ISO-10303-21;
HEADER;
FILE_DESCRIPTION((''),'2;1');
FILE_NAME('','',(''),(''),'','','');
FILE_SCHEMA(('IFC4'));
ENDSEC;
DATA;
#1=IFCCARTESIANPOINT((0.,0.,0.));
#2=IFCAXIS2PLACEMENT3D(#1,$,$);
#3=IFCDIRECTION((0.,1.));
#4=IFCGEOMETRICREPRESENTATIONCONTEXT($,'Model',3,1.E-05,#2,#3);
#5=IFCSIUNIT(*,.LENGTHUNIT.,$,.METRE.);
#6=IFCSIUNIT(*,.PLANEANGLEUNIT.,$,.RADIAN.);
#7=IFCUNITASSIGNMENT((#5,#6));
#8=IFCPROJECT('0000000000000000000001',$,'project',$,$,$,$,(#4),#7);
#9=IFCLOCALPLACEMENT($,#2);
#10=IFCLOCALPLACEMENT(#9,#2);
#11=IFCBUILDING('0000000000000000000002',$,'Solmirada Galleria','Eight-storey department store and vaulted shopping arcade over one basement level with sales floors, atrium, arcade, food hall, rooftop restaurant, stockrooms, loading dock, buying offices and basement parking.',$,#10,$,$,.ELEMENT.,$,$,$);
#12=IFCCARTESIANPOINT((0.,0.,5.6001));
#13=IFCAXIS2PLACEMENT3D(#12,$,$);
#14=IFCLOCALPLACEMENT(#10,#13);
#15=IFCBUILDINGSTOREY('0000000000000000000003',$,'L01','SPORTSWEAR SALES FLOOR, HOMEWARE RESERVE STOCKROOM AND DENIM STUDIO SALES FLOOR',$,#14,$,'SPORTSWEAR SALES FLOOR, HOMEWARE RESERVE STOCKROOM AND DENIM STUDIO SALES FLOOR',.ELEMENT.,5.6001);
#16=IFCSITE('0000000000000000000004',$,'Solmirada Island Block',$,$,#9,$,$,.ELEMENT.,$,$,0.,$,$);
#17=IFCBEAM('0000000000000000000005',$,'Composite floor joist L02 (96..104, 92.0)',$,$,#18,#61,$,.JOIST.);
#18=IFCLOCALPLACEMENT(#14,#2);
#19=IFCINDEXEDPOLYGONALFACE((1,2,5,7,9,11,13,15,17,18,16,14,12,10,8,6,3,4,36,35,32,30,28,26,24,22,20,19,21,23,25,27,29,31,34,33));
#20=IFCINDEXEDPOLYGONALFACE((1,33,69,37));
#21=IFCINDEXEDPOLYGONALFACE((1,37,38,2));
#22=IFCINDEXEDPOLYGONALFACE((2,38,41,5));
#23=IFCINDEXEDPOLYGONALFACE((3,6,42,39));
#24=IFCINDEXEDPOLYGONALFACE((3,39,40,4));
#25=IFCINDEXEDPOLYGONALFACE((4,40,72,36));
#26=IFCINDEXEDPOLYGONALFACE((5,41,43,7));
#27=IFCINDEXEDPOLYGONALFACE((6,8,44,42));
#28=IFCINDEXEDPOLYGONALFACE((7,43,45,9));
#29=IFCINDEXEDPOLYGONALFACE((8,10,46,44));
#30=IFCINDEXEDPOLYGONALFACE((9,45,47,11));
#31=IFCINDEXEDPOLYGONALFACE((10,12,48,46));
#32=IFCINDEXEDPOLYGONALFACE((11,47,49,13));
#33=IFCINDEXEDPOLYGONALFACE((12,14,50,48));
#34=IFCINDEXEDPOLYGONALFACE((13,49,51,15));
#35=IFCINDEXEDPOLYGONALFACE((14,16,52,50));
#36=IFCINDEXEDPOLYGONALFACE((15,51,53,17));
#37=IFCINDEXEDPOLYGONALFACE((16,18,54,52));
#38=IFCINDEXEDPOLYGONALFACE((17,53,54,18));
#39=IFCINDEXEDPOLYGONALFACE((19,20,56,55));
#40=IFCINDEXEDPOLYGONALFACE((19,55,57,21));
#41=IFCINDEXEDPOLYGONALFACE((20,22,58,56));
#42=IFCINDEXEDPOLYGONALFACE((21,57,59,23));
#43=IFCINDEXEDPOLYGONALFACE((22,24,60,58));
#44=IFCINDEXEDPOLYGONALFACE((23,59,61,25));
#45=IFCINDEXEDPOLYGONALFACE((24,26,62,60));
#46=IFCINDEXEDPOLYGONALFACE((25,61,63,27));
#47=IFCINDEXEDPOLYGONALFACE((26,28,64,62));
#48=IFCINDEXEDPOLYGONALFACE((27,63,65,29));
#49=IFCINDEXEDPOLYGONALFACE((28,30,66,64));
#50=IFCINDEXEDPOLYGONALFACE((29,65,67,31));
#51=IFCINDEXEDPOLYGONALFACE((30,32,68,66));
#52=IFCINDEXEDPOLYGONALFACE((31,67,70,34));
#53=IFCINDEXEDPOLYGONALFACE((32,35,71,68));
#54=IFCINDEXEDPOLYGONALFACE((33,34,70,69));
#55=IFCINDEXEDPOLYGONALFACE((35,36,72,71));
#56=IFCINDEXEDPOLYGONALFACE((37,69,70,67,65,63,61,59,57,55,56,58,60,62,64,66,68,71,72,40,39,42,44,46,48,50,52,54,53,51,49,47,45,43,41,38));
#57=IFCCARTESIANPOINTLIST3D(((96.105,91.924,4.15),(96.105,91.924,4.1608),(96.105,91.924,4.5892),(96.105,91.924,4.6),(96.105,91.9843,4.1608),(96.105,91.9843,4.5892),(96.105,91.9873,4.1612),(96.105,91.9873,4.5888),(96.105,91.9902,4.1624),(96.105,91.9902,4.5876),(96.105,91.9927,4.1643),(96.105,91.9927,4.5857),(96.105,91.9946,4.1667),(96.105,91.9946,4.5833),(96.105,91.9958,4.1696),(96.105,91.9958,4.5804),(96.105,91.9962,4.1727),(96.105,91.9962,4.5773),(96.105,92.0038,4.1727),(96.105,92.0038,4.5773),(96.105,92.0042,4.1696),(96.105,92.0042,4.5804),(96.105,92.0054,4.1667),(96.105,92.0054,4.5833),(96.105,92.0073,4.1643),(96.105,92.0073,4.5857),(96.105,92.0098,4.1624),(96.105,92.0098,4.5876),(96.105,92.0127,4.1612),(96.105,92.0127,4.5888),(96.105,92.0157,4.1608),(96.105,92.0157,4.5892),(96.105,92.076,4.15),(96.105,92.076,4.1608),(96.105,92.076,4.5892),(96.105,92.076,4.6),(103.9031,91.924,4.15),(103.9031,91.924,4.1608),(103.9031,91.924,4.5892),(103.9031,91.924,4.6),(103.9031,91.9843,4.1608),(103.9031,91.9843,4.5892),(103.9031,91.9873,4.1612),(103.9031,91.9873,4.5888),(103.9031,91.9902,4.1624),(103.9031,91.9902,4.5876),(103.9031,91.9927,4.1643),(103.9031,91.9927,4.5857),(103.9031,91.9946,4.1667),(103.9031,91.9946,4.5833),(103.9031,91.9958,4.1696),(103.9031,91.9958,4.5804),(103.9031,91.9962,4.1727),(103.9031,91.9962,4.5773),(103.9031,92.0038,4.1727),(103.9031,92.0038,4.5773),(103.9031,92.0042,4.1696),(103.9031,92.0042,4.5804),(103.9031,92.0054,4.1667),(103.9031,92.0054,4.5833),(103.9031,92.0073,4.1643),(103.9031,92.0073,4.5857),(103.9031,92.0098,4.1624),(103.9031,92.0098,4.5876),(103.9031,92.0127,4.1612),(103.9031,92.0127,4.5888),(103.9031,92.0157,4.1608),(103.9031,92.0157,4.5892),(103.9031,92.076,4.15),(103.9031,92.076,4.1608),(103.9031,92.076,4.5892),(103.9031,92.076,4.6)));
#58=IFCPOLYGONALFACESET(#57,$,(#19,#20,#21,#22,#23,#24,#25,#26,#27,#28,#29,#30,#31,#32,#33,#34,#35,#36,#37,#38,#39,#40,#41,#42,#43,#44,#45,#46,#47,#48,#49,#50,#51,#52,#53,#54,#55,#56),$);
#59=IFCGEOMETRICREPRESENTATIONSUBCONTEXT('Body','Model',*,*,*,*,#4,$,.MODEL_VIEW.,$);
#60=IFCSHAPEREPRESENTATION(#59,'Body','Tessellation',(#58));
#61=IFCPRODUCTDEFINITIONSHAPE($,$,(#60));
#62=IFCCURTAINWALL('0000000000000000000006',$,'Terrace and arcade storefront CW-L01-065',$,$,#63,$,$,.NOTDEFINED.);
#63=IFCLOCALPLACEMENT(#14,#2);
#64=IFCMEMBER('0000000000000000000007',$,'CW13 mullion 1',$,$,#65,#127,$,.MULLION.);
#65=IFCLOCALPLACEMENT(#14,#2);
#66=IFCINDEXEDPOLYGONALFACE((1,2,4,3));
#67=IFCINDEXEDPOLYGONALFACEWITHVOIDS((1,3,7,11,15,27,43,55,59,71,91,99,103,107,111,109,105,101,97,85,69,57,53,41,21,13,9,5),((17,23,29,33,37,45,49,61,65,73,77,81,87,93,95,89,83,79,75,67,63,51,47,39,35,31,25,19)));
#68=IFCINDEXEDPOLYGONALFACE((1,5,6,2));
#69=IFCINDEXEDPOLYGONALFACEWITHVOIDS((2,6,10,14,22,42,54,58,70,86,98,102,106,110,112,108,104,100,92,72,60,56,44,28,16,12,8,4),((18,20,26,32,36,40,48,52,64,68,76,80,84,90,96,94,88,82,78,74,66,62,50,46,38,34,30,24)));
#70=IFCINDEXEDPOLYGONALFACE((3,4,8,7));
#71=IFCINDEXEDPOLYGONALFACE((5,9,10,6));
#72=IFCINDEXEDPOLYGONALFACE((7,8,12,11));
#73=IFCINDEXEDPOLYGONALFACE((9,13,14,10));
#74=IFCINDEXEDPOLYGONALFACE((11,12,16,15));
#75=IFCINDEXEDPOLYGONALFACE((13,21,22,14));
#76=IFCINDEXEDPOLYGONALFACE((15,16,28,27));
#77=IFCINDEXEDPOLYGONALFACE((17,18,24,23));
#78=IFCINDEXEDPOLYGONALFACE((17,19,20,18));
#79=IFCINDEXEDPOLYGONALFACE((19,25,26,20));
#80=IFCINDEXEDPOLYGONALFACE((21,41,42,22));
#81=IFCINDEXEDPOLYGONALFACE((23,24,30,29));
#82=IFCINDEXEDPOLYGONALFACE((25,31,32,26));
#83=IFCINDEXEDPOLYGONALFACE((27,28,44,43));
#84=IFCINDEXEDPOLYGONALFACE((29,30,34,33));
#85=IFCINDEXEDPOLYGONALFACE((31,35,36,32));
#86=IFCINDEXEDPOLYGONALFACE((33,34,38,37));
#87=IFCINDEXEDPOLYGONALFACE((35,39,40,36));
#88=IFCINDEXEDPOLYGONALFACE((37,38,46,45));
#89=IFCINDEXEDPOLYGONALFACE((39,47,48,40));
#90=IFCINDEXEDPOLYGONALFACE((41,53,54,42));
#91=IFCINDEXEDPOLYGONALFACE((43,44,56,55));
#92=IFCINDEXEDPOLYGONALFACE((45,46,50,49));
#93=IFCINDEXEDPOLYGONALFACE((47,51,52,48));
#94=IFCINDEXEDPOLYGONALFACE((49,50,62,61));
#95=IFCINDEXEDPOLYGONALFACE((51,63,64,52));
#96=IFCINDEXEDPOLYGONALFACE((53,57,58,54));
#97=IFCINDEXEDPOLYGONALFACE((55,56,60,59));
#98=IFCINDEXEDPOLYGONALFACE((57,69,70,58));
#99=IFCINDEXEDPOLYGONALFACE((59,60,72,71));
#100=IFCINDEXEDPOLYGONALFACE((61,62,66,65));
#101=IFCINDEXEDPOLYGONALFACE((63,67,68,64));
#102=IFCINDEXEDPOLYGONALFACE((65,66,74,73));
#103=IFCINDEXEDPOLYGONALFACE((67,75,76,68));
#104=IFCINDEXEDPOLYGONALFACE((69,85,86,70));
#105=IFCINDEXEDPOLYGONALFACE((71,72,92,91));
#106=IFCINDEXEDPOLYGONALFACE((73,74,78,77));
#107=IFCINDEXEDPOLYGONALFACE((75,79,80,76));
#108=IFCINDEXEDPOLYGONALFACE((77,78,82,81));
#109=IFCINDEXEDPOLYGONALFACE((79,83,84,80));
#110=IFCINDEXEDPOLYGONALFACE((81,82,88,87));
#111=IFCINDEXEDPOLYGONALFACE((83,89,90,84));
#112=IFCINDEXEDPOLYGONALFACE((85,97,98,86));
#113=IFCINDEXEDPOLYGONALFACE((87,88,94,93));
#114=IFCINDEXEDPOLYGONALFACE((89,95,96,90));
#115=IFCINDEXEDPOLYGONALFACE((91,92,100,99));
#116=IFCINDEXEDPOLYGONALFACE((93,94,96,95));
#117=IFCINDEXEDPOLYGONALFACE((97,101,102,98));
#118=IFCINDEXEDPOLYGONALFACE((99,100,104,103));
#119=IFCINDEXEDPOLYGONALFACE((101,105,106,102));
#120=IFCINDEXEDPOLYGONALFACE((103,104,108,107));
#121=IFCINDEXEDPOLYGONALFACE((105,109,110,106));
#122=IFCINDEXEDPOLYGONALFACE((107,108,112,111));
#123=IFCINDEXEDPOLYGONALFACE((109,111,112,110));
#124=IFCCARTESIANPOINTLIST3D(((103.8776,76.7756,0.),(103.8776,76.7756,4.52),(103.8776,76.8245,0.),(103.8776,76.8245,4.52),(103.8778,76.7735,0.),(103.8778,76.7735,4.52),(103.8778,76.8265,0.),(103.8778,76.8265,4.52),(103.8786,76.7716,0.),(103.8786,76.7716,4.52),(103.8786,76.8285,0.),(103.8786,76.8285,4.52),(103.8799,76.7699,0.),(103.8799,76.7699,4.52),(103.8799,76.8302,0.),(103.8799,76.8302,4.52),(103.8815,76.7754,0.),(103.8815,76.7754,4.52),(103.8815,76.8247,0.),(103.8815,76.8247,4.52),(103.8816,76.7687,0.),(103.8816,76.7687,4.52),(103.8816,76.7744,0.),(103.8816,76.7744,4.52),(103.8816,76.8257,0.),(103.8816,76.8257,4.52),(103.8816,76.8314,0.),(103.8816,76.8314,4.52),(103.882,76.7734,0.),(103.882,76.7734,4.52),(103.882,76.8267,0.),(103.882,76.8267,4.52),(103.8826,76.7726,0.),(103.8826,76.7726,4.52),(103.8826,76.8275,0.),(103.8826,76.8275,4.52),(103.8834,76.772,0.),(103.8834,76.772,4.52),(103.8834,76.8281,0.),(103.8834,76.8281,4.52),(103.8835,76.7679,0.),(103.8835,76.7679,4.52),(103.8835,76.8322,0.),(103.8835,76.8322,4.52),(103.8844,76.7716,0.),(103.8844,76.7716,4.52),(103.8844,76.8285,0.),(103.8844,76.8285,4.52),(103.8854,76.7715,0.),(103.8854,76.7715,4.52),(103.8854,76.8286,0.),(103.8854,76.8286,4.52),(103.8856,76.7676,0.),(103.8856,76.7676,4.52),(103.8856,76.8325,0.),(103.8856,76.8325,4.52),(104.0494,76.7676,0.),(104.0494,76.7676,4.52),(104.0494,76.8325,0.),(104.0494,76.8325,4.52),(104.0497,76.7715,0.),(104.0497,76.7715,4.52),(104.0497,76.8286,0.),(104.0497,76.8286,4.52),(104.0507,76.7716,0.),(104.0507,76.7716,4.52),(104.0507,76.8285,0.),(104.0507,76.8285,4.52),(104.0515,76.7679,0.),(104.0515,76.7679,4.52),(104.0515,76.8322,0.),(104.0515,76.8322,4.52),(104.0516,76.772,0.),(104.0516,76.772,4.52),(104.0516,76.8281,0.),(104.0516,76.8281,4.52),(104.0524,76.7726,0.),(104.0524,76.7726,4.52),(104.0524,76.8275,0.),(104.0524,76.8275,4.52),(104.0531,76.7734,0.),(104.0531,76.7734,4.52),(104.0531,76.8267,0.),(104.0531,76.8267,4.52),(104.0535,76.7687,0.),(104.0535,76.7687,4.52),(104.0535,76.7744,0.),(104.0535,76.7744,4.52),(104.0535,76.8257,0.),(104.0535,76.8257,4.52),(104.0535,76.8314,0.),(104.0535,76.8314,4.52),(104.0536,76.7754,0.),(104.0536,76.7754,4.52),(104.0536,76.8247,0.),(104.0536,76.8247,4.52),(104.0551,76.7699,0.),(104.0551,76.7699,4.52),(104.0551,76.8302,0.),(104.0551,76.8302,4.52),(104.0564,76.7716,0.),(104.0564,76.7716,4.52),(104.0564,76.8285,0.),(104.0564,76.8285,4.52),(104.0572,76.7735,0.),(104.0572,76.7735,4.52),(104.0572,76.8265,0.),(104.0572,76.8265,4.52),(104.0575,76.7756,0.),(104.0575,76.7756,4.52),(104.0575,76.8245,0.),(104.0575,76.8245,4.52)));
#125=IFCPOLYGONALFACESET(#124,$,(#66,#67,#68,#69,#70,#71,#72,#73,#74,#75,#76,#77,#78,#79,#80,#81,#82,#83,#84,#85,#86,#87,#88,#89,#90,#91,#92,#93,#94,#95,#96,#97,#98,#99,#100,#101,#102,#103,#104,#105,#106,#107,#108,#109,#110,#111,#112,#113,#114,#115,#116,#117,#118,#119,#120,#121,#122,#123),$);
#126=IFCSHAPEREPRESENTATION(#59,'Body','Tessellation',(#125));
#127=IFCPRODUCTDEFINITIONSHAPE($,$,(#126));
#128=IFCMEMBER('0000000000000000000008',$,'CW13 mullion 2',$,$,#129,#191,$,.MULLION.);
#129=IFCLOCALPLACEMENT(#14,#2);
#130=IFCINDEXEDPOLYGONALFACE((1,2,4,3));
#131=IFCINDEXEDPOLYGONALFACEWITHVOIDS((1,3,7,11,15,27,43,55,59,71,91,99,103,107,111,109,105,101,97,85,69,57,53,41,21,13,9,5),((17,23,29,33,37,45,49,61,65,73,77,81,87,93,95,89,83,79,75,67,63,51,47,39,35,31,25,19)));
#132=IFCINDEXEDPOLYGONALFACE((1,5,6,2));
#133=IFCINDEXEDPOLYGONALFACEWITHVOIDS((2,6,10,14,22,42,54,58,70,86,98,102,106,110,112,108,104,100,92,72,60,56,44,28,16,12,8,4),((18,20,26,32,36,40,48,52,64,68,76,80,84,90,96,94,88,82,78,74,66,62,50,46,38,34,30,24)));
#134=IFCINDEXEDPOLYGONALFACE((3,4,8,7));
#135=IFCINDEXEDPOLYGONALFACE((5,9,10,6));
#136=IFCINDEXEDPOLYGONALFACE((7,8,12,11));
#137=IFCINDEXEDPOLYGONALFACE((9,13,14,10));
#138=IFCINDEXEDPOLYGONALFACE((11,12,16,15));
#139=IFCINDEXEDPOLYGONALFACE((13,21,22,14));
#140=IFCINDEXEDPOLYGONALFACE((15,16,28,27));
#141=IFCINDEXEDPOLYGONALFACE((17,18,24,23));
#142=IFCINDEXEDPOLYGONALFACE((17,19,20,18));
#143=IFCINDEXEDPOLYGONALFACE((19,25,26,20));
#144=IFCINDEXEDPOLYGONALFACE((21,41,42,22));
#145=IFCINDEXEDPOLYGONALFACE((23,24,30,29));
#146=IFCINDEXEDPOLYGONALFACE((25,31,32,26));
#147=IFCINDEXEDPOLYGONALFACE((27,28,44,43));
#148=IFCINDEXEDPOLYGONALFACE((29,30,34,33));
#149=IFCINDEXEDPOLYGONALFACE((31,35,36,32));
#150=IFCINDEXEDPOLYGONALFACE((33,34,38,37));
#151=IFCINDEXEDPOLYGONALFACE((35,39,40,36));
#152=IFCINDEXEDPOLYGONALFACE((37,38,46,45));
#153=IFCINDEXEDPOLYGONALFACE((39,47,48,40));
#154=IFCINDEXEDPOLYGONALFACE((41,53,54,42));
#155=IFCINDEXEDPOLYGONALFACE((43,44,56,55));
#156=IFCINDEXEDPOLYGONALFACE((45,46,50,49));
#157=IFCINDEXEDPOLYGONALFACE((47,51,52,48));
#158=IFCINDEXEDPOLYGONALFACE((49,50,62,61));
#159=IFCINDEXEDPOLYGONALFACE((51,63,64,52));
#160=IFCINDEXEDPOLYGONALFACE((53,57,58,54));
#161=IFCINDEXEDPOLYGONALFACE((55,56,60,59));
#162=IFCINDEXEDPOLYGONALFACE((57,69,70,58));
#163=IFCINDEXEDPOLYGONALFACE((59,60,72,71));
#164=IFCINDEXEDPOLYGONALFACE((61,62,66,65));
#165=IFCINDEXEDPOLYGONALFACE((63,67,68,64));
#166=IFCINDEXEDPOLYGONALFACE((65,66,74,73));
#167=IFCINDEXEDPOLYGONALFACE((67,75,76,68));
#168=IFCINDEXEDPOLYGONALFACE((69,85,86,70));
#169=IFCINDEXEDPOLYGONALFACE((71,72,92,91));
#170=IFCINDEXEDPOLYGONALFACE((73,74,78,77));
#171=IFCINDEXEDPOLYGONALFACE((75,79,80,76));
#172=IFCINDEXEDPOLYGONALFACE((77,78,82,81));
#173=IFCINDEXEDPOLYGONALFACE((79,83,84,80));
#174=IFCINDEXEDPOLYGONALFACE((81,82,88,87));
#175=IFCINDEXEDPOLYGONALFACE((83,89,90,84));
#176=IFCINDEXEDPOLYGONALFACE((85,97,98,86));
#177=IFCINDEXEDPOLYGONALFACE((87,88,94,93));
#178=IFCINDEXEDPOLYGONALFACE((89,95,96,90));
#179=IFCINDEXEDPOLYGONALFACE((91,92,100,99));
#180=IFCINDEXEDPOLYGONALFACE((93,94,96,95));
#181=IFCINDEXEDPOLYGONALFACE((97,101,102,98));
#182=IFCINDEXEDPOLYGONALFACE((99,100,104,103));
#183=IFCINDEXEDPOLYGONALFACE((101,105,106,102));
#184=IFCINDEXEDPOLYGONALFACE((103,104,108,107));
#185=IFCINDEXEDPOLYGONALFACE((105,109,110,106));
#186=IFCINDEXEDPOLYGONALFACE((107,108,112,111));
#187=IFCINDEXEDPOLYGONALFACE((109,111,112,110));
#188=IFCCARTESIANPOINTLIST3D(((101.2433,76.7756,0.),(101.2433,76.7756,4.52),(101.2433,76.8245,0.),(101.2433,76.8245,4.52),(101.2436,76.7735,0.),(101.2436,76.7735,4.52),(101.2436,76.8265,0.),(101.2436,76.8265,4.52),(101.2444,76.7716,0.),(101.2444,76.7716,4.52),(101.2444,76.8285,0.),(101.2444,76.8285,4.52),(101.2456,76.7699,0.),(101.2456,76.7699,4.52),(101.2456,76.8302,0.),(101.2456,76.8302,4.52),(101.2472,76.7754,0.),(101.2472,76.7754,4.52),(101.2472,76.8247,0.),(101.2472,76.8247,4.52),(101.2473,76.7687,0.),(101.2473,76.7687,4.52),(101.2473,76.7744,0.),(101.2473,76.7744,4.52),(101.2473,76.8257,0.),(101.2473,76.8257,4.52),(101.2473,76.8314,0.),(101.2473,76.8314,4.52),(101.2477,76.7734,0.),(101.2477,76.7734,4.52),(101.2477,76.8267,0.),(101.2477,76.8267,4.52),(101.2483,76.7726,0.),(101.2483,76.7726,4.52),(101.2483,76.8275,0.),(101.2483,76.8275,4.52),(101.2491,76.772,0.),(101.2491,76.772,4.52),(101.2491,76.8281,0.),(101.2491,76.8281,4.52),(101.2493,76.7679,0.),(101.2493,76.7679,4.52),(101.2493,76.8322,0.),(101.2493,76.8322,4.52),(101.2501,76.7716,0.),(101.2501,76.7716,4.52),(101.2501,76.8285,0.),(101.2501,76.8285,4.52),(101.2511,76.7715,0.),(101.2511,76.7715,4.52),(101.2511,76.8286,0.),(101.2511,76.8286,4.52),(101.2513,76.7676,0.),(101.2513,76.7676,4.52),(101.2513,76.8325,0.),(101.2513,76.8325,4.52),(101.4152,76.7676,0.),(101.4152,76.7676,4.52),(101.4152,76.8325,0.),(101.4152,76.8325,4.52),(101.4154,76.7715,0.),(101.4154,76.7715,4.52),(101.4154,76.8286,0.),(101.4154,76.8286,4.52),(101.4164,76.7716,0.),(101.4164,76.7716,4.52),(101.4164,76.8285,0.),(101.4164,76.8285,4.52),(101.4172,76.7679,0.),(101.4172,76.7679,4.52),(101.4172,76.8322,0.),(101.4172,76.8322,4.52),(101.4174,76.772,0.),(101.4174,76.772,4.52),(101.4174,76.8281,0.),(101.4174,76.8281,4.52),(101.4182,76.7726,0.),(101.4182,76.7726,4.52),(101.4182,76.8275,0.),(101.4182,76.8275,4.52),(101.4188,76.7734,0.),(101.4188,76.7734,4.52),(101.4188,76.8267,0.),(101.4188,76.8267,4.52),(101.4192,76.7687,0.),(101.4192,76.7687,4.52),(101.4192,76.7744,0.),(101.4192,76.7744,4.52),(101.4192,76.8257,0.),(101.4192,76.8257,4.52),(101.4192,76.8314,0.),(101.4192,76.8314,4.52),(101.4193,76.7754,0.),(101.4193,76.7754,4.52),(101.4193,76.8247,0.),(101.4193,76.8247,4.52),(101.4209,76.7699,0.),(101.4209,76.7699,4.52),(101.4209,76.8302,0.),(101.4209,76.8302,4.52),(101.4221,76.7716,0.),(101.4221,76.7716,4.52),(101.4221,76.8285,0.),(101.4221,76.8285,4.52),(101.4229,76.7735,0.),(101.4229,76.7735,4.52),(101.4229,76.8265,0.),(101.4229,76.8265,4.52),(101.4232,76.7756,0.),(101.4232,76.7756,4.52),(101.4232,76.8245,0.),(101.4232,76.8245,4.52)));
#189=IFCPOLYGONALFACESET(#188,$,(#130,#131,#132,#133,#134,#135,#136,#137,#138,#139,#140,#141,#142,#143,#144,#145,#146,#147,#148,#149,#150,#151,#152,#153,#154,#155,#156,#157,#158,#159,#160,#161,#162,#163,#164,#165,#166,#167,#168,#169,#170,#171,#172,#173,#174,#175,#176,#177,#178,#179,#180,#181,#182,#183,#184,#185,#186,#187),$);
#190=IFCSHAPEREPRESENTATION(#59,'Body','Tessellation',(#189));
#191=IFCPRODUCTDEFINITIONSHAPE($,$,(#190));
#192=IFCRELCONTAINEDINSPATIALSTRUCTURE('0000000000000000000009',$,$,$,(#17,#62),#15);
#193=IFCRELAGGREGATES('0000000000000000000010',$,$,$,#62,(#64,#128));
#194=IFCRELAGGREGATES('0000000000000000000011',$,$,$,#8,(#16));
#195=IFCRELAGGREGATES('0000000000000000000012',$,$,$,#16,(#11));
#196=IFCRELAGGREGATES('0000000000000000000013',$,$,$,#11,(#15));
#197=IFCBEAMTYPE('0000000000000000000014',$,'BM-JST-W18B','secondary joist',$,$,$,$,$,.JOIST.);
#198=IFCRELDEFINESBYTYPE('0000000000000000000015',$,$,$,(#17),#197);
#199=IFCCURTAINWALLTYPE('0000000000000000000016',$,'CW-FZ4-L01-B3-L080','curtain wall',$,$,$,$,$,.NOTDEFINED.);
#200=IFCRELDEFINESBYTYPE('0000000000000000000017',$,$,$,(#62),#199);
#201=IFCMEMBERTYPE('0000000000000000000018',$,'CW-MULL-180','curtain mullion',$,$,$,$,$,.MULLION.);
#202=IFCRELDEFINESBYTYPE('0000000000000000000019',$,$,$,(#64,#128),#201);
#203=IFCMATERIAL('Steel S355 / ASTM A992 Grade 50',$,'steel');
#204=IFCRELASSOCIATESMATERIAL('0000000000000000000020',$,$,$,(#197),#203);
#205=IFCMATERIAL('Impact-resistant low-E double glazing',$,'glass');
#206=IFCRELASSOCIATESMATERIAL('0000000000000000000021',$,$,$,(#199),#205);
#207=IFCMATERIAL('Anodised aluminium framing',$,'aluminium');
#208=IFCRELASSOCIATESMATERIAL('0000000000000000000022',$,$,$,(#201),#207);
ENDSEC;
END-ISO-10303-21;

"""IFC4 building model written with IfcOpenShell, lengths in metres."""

from ifc_helpers import new_model, si_unit, direction, frame, origin, origin_2d, place, context, subcontext, project, spatial, hollow_rectangle, i_section, extrude, material, material_profile, profile_set, type_object, element, aggregate, save


model = new_model("IFC4")

# Units and contexts
model_context = context("Model", 3, precision=1e-05, world=origin(), true_north=direction((0.0, 1.0)))
body_context = subcontext(model_context, "Body", "Model", "MODEL_VIEW")
ifc_project = project(units=[si_unit("LENGTHUNIT", "METRE"), si_unit("PLANEANGLEUNIT", "RADIAN")], contexts=[model_context])

# Site, building, storey
site_placement = place(None, origin())
site = spatial("IfcSite", under=ifc_project, at=site_placement, Name="Solmirada Island Block", CompositionType="ELEMENT", RefElevation=0.0)
building_placement = place(site_placement, origin())
building = spatial("IfcBuilding", under=site, at=building_placement, Name="Solmirada Galleria", Description="Eight-storey department store and vaulted shopping arcade over one basement level with sales floors, atrium, arcade, food hall, rooftop restaurant, stockrooms, loading dock, buying offices and basement parking.", CompositionType="ELEMENT")
storey_placement = place(building_placement, frame((0.0, 0.0, 5.6001)))
storey = spatial("IfcBuildingStorey", under=building, at=storey_placement, Name="L01", Description="SPORTSWEAR SALES FLOOR, HOMEWARE RESERVE STOCKROOM AND DENIM STUDIO SALES FLOOR", LongName="SPORTSWEAR SALES FLOOR, HOMEWARE RESERVE STOCKROOM AND DENIM STUDIO SALES FLOOR", CompositionType="ELEMENT", Elevation=5.6001)

# Beam
ifc_material_1 = material(Name="Steel S355 / ASTM A992 Grade 50", Category="steel")
ifc_material_profile_1 = material_profile(ifc_material_1, i_section(OverallWidth=0.1521, OverallDepth=0.45, WebThickness=0.0076, FlangeThickness=0.0107, FilletRadius=0.012, at=origin_2d()), Name="W18X35")
ifc_profile_set_1 = profile_set([ifc_material_profile_1], Name="Steel S355 / ASTM A992 Grade 50")
beam_type_1 = type_object("IfcBeamType", Name="BM-JST-W18B", Description="secondary joist", PredefinedType="JOIST", material=ifc_profile_set_1)
for number, where, z_axis, x_axis, name in (
    (1, (96.105, 92.0, 4.375), (1.0, 0.0, 0.0), (0.0, 1.0, 0.0), "Composite floor joist L02 (96..104, 92.0)"),
):
    element("IfcBeam", number, at=place(storey_placement, frame(where, z_axis=z_axis, x_axis=x_axis)), inside=storey, type_object=beam_type_1, Name=name, PredefinedType="JOIST", context=body_context, shape_type="SweptSolid", body=[
        extrude(i_section(OverallWidth=0.1521, OverallDepth=0.45, WebThickness=0.0076, FlangeThickness=0.0107, FilletRadius=0.012, at=origin_2d()), origin(), (0.0, 0.0, 1.0), 7.7981),
    ])

# Curtain wall, members
ifc_material_2 = material(Name="Impact-resistant low-E double glazing", Category="glass")
curtain_wall_type = type_object("IfcCurtainWallType", Name="CW-FZ4-L01-B3-L080", Description="curtain wall", PredefinedType="NOTDEFINED", material=ifc_material_2)
curtain_wall_placement = place(storey_placement, origin())
curtain_wall = element("IfcCurtainWall", 2, at=curtain_wall_placement, inside=storey, type_object=curtain_wall_type, Name="Terrace and arcade storefront CW-L01-065", PredefinedType="NOTDEFINED")
ifc_material_3 = material(Name="Anodised aluminium framing", Category="aluminium")
ifc_material_profile_2 = material_profile(ifc_material_3, hollow_rectangle(XDim=0.0649, YDim=0.1799, WallThickness=0.0039, InnerFilletRadius=0.0039, OuterFilletRadius=0.0081, at=origin_2d()), Name="ALU-MULL-180X65")
ifc_profile_set_2 = profile_set([ifc_material_profile_2], Name="Anodised aluminium framing")
member_type_1 = type_object("IfcMemberType", Name="CW-MULL-180", Description="curtain mullion", PredefinedType="MULLION", material=ifc_profile_set_2)
member_1_placement = place(storey_placement, frame((103.9675, 76.8, 0.0), z_axis=(0.0, 0.0, 1.0), x_axis=(0.0, -1.0, 0.0)))
member_1 = element("IfcMember", 3, at=member_1_placement, type_object=member_type_1, Name="CW13 mullion 1", PredefinedType="MULLION", context=body_context, shape_type="SweptSolid", body=[
    extrude(hollow_rectangle(XDim=0.0649, YDim=0.1799, WallThickness=0.0039, InnerFilletRadius=0.0039, OuterFilletRadius=0.0081, at=origin_2d()), origin(), (0.0, 0.0, 1.0), 4.52),
])
member_2_placement = place(storey_placement, frame((101.3333, 76.8, 0.0), z_axis=(0.0, 0.0, 1.0), x_axis=(0.0, -1.0, 0.0)))
member_2 = element("IfcMember", 4, at=member_2_placement, type_object=member_type_1, Name="CW13 mullion 2", PredefinedType="MULLION", context=body_context, shape_type="SweptSolid", body=[
    extrude(hollow_rectangle(XDim=0.0649, YDim=0.1799, WallThickness=0.0039, InnerFilletRadius=0.0039, OuterFilletRadius=0.0081, at=origin_2d()), origin(), (0.0, 0.0, 1.0), 4.52),
])
aggregate(curtain_wall, [member_1, member_2])

save(model, "model.ifc")
